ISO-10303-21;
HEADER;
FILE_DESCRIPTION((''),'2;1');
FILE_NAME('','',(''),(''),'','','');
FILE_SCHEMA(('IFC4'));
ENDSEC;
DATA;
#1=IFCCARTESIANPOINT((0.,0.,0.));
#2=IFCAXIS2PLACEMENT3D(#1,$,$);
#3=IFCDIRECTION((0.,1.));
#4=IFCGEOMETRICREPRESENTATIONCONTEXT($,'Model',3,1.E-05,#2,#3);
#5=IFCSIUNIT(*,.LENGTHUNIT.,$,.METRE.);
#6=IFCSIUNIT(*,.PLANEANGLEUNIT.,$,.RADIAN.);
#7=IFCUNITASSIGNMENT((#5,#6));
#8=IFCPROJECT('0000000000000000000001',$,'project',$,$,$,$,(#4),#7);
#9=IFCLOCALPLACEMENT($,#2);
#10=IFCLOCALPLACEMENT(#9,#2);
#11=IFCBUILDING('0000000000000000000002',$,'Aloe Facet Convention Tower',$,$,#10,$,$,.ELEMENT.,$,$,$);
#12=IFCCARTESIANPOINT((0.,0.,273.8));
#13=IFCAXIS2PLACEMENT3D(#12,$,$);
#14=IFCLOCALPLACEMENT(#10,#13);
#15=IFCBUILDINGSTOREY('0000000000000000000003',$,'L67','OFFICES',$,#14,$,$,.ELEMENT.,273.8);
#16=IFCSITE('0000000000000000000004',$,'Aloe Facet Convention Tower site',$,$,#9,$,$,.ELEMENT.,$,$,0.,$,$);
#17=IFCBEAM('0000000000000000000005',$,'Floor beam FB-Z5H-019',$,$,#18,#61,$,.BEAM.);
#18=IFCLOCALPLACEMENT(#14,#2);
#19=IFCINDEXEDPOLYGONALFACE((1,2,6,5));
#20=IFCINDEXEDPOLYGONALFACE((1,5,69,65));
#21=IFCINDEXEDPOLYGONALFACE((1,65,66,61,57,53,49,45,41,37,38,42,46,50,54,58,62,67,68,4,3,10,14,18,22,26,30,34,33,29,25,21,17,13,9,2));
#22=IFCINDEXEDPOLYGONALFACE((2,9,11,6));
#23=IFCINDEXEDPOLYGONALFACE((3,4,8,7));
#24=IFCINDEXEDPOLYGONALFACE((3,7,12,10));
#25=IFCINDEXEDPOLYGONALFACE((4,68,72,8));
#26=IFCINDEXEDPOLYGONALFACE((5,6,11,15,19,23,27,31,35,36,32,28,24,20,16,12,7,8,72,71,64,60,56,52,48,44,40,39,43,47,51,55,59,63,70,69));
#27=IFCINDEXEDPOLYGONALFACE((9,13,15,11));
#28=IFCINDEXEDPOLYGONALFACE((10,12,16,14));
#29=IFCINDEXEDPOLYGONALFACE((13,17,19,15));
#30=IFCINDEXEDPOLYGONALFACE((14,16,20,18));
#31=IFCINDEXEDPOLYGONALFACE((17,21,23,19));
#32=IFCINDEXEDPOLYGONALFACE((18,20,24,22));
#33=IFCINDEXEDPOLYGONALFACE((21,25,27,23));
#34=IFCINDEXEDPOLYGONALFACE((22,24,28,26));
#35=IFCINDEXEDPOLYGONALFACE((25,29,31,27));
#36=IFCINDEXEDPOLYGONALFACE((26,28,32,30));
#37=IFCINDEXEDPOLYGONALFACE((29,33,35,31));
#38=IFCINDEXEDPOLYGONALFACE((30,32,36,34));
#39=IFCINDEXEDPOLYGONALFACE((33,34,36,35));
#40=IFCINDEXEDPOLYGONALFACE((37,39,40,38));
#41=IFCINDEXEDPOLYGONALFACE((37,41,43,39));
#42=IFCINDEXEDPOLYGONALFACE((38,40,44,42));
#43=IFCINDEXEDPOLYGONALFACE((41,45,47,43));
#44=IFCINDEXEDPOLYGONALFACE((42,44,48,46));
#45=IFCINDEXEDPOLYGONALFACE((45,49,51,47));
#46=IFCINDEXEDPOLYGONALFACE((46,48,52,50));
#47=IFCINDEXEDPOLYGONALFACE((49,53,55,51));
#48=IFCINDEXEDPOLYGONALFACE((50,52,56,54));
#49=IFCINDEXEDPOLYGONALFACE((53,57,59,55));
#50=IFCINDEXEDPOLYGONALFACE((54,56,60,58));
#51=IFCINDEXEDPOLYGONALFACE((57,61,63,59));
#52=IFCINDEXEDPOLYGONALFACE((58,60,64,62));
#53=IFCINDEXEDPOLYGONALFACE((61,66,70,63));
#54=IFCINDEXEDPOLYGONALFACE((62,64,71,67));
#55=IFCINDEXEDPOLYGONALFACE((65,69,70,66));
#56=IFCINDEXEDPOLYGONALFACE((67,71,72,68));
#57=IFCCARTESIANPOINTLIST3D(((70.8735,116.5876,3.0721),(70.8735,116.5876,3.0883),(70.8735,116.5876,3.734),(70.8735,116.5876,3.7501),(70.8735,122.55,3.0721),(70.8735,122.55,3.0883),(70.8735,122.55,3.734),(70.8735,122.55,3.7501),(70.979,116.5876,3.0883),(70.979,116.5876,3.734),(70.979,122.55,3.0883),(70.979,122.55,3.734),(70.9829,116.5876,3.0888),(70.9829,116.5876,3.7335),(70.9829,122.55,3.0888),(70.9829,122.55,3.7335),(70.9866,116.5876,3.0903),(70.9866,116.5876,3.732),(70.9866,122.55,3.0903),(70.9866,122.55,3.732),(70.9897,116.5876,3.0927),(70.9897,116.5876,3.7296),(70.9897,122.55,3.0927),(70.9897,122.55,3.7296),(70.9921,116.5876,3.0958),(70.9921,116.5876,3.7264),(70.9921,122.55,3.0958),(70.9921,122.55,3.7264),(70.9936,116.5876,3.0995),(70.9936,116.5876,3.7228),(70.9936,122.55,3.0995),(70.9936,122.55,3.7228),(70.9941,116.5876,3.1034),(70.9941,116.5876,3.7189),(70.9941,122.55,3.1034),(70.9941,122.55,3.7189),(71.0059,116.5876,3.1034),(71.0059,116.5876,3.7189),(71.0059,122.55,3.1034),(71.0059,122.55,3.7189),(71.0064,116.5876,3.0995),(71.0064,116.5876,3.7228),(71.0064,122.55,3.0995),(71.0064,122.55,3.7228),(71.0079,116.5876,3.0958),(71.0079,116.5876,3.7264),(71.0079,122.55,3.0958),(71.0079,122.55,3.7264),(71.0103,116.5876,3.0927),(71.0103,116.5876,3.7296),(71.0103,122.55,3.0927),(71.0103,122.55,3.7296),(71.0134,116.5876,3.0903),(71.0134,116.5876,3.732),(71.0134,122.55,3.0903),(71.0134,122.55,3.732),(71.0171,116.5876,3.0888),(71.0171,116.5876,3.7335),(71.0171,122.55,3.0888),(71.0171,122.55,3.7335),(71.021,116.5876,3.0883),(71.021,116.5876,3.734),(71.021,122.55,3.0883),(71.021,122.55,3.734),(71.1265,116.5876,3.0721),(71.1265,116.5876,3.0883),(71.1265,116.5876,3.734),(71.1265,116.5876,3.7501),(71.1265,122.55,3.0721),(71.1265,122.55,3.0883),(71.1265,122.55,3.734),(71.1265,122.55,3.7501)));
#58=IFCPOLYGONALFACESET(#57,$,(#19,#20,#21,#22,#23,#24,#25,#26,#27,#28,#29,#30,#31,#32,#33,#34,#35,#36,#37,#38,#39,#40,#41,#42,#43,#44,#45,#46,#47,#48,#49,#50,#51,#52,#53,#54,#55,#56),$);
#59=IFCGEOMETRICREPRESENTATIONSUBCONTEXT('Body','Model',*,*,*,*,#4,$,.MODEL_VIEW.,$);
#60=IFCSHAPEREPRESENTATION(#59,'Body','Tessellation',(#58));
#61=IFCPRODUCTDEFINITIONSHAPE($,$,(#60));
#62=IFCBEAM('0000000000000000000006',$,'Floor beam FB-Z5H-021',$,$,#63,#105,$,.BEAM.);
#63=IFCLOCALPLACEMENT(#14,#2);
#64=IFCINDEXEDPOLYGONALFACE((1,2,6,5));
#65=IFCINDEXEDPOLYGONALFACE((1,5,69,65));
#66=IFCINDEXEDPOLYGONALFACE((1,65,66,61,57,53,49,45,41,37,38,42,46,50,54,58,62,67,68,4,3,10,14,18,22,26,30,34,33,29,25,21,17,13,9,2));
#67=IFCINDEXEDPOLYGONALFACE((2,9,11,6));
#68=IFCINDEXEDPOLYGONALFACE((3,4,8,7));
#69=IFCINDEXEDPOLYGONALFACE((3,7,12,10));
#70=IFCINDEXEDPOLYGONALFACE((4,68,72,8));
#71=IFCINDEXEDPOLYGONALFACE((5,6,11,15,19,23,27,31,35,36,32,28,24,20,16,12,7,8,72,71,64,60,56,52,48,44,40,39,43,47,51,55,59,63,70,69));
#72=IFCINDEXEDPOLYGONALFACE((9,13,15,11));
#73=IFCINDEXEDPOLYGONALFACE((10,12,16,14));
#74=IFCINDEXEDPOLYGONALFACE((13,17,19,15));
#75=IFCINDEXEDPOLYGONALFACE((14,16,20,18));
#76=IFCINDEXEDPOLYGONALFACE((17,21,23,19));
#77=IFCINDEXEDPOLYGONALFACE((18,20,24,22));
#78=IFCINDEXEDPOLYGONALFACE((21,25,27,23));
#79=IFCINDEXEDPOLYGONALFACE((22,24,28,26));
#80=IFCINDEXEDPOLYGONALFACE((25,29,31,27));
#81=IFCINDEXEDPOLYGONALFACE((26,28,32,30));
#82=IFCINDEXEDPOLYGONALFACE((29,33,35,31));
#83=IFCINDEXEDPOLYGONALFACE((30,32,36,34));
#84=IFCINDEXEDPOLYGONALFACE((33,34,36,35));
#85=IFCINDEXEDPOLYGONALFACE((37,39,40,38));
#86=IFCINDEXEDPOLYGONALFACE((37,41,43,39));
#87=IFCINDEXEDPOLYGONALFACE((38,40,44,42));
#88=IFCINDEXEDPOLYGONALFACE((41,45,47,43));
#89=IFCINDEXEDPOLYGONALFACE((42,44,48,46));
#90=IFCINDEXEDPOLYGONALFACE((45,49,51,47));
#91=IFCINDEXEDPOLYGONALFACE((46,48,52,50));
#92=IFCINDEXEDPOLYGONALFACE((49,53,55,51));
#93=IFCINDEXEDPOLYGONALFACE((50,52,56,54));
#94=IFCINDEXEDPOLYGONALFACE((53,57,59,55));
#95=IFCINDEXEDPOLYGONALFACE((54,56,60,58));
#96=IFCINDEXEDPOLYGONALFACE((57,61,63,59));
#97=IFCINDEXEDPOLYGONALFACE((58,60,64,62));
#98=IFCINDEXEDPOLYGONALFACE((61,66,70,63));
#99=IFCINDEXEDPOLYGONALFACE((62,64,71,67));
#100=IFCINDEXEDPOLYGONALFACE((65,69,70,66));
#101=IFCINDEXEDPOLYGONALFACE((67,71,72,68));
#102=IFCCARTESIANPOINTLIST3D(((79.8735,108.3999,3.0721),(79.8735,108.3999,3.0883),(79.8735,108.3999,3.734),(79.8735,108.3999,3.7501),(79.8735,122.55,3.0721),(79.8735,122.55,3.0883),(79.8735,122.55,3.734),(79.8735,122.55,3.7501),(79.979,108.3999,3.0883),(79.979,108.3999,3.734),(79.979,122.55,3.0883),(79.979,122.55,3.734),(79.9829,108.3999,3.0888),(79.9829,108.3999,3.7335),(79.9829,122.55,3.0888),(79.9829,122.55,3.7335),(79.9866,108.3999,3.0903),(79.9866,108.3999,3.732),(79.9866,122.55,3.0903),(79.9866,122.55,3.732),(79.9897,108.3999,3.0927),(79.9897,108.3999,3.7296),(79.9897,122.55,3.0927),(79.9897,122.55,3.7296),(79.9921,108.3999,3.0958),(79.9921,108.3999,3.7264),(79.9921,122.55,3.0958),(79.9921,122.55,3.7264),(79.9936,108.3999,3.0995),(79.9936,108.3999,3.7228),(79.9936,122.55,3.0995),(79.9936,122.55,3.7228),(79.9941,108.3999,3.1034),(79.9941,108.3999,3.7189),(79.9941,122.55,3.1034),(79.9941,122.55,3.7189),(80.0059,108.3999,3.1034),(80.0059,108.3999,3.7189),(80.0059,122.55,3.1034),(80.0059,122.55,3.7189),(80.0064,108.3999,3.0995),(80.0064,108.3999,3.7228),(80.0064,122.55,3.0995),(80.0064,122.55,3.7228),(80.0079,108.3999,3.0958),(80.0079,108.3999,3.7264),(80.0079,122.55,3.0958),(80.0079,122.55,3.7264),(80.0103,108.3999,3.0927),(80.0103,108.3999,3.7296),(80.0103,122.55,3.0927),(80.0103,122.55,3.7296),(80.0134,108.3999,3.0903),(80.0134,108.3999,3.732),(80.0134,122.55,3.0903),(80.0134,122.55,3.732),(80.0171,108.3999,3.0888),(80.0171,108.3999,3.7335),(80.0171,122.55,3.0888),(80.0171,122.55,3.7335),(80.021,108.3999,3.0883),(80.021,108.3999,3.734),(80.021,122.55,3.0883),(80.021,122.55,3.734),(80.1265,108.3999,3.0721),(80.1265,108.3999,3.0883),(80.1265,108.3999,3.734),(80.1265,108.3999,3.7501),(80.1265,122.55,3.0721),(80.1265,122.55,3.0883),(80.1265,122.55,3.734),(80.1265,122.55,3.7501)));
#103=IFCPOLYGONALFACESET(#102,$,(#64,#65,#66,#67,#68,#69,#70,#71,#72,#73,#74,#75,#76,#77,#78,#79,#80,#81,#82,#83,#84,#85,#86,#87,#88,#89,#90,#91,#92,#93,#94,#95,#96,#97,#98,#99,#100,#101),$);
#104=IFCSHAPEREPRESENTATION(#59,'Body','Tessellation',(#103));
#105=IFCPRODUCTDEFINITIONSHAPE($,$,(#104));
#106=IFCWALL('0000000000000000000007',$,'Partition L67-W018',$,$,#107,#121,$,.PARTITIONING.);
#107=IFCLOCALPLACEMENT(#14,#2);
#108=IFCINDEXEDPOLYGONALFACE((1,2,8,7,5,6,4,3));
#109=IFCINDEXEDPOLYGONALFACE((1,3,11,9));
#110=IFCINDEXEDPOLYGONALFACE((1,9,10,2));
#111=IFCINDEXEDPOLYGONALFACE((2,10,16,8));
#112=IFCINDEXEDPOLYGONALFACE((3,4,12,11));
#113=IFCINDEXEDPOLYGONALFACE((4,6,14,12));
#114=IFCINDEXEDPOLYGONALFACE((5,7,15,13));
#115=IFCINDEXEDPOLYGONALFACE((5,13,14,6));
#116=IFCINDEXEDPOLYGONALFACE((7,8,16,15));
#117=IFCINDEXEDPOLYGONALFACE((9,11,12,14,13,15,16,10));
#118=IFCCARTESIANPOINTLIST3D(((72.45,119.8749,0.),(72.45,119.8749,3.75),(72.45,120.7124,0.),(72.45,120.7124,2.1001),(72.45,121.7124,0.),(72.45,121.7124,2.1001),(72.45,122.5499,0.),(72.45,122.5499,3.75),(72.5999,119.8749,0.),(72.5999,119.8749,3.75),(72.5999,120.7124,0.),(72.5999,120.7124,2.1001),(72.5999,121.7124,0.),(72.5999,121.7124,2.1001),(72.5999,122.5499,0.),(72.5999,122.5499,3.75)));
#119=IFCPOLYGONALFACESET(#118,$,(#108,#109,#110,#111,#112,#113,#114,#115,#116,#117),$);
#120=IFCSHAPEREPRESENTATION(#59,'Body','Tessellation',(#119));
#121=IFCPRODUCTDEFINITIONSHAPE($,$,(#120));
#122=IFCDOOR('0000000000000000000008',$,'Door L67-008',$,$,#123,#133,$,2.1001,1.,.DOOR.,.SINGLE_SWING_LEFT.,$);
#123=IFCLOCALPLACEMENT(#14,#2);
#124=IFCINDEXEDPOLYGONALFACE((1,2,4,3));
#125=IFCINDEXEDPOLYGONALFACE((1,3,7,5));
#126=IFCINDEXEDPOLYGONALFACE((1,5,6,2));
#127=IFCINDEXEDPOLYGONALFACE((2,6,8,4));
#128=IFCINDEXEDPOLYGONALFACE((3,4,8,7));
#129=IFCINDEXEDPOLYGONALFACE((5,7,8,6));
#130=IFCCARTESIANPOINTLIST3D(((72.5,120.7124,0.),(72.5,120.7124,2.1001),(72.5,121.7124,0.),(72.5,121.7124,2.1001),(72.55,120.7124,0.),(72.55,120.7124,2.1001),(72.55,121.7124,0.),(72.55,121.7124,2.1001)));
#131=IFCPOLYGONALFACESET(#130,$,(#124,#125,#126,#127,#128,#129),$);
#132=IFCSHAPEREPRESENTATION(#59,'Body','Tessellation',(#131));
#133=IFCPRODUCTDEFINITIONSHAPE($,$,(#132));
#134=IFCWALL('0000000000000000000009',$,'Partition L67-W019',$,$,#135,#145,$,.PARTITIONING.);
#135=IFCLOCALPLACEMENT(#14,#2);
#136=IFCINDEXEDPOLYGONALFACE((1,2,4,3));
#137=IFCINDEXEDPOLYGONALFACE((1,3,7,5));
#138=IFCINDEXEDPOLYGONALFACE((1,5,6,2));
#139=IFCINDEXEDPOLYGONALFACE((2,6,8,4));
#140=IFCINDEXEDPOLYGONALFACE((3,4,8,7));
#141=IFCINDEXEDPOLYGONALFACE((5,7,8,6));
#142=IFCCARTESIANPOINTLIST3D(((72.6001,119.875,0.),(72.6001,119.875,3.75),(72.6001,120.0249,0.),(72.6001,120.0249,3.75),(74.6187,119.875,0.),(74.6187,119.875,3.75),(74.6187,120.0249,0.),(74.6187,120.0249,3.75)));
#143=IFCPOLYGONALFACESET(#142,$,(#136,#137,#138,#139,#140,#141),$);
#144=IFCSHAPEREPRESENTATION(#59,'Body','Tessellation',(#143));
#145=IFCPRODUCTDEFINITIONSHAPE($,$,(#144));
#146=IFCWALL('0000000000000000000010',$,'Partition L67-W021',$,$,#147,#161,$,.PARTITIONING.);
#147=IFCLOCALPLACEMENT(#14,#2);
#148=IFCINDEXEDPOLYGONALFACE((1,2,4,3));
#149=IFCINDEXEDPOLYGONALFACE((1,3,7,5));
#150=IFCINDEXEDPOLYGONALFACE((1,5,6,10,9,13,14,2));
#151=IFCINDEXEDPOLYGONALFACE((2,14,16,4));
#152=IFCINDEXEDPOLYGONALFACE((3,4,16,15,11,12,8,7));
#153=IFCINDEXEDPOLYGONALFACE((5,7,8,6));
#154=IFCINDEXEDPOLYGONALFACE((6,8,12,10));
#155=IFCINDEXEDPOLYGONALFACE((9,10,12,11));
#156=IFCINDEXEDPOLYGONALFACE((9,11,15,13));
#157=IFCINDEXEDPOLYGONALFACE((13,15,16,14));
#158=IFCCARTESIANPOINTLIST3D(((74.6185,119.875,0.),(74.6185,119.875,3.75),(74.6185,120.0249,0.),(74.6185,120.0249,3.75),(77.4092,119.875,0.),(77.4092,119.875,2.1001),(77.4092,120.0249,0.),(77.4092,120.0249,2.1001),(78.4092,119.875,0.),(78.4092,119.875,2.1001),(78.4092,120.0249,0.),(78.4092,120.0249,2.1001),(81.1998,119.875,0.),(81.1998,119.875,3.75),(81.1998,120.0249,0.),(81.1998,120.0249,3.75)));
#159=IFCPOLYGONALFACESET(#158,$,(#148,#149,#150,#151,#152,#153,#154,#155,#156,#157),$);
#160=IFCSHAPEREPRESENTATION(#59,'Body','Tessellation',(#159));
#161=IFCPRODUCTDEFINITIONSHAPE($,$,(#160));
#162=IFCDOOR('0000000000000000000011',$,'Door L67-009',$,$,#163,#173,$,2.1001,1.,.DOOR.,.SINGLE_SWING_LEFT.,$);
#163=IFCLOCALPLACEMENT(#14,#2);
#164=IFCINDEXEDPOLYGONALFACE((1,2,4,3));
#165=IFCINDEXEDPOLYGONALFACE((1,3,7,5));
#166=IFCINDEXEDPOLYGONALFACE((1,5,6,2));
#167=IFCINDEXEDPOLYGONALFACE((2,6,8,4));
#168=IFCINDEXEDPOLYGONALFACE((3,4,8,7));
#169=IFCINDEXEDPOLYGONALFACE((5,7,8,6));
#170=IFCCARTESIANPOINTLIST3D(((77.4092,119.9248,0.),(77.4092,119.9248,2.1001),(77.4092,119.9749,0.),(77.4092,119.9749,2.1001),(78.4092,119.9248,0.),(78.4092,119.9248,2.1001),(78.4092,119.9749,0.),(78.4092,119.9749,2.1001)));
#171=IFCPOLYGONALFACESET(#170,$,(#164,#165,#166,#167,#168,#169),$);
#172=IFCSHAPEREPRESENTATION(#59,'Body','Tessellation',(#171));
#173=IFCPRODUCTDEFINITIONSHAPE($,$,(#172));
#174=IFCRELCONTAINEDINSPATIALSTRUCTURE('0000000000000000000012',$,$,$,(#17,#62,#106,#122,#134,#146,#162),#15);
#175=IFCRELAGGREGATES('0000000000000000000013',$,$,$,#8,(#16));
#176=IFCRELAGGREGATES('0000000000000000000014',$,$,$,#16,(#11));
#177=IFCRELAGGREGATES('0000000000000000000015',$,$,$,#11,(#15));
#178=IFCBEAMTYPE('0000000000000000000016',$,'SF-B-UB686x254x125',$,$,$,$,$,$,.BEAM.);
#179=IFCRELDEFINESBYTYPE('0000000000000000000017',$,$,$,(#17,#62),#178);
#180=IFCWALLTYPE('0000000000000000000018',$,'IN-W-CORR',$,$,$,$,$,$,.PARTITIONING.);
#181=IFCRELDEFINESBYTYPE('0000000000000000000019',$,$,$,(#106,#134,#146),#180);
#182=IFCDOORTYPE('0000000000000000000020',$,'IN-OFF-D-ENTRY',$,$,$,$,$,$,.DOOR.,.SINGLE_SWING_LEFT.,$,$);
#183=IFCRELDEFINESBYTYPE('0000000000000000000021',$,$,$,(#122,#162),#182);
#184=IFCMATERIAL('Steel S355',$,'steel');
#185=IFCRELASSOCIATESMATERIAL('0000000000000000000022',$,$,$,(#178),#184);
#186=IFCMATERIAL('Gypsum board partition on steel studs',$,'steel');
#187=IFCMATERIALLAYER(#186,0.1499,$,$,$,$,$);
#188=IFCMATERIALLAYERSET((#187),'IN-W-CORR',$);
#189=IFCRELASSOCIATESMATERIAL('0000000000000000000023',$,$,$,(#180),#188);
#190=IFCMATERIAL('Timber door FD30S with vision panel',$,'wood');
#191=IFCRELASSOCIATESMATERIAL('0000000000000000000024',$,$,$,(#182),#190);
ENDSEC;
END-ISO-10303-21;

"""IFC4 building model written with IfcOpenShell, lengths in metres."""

from ifc_helpers import new_model, si_unit, direction, frame, frame_2d, origin, origin_2d, place, context, subcontext, project, spatial, rectangle, i_section, extrude, material, layer, layer_set, material_profile, profile_set, type_object, element, fill, save


model = new_model("IFC4")

# Units and contexts
model_context = context("Model", 3, precision=1e-05, world=origin(), true_north=direction((0.0, 1.0)))
body_context = subcontext(model_context, "Body", "Model", "MODEL_VIEW")
ifc_project = project(units=[si_unit("LENGTHUNIT", "METRE"), si_unit("PLANEANGLEUNIT", "RADIAN")], contexts=[model_context])

# Site, building, storey
site_placement = place(None, origin())
site = spatial("IfcSite", under=ifc_project, at=site_placement, Name="Aloe Facet Convention Tower site", CompositionType="ELEMENT", RefElevation=0.0)
building_placement = place(site_placement, origin())
building = spatial("IfcBuilding", under=site, at=building_placement, Name="Aloe Facet Convention Tower", CompositionType="ELEMENT")
storey_placement = place(building_placement, frame((0.0, 0.0, 273.8)))
storey = spatial("IfcBuildingStorey", under=building, at=storey_placement, Name="L67", Description="OFFICES", CompositionType="ELEMENT", Elevation=273.8)

# Beams
ifc_material_1 = material(Name="Steel S355", Category="steel")
ifc_material_profile_1 = material_profile(ifc_material_1, i_section(OverallWidth=0.2529, OverallDepth=0.678, WebThickness=0.0117, FlangeThickness=0.0161, FilletRadius=0.0151, at=origin_2d()), Name="UB 686x254x125")
ifc_profile_set_1 = profile_set([ifc_material_profile_1], Name="Steel S355")
beam_type_1 = type_object("IfcBeamType", Name="SF-B-UB686x254x125", PredefinedType="BEAM", material=ifc_profile_set_1)
beam_1_placement = place(storey_placement, frame((71.0, 122.55, 3.4111), z_axis=(0.0, -1.0, 0.0), x_axis=(1.0, 0.0, 0.0)))
element("IfcBeam", 1, at=beam_1_placement, inside=storey, type_object=beam_type_1, Name="Floor beam FB-Z5H-019", PredefinedType="BEAM", context=body_context, shape_type="SweptSolid", body=[
    extrude(i_section(OverallWidth=0.2529, OverallDepth=0.678, WebThickness=0.0117, FlangeThickness=0.0161, FilletRadius=0.0151, at=origin_2d()), origin(), (0.0, 0.0, 1.0), 5.9624),
])
beam_2_placement = place(storey_placement, frame((80.0, 122.55, 3.4111), z_axis=(0.0, -1.0, 0.0), x_axis=(1.0, 0.0, 0.0)))
element("IfcBeam", 2, at=beam_2_placement, inside=storey, type_object=beam_type_1, Name="Floor beam FB-Z5H-021", PredefinedType="BEAM", context=body_context, shape_type="SweptSolid", body=[
    extrude(i_section(OverallWidth=0.2529, OverallDepth=0.678, WebThickness=0.0117, FlangeThickness=0.0161, FilletRadius=0.0151, at=origin_2d()), origin(), (0.0, 0.0, 1.0), 14.1501),
])

# Wall, opening, door
ifc_material_2 = material(Name="Gypsum board partition on steel studs", Category="steel")
ifc_layer_1 = layer(ifc_material_2, 0.1499)
ifc_layer_set_1 = layer_set([ifc_layer_1], Name="IN-W-CORR")
wall_type_1 = type_object("IfcWallType", Name="IN-W-CORR", PredefinedType="PARTITIONING", material=ifc_layer_set_1)
wall_1_placement = place(storey_placement, frame((72.5249, 119.875, 0.0), z_axis=(0.0, 0.0, 1.0), x_axis=(0.0, 1.0, 0.0)))
wall_1 = element("IfcWall", 3, at=wall_1_placement, inside=storey, type_object=wall_type_1, Name="Partition L67-W018", PredefinedType="PARTITIONING", context=body_context, shape_type="SweptSolid", body=[
    extrude(rectangle(XDim=2.675, YDim=0.1499, at=frame_2d((1.3374, 0.0))), origin(), (0.0, 0.0, 1.0), 3.75),
])
opening_1_placement = place(wall_1_placement, frame((0.8374, 0.0, 0.0)))
opening_1 = element("IfcOpeningElement", 4, at=opening_1_placement, cuts=wall_1, PredefinedType="OPENING", context=body_context, shape_type="SweptSolid", body=[
    extrude(rectangle(XDim=1.0, YDim=2.1001, at=frame_2d((0.5, 1.05))), frame((0.0, 0.085, 0.0), z_axis=(0.0, -1.0, 0.0), x_axis=(1.0, 0.0, 0.0)), (0.0, 0.0, 1.0), 0.1699),
])
ifc_material_3 = material(Name="Timber door FD30S with vision panel", Category="wood")
door_type_1 = type_object("IfcDoorType", Name="IN-OFF-D-ENTRY", OperationType="SINGLE_SWING_LEFT", PredefinedType="DOOR", material=ifc_material_3)
door_1_placement = place(opening_1_placement, origin())
door_1 = element("IfcDoor", 5, at=door_1_placement, inside=storey, type_object=door_type_1, Name="Door L67-008", OperationType="SINGLE_SWING_LEFT", OverallHeight=2.1001, OverallWidth=1.0, PredefinedType="DOOR", context=body_context, shape_type="SweptSolid", body=[
    extrude(rectangle(XDim=1.0, YDim=2.1001, at=frame_2d((0.5, 1.05))), frame((0.0, 0.0249, 0.0), z_axis=(0.0, -1.0, 0.0), x_axis=(1.0, 0.0, 0.0)), (0.0, 0.0, 1.0), 0.05),
])
fill(opening_1, door_1)

# Wall
wall_2_placement = place(storey_placement, frame((72.6001, 119.95, 0.0), z_axis=(0.0, 0.0, 1.0), x_axis=(1.0, 0.0, 0.0)))
element("IfcWall", 6, at=wall_2_placement, inside=storey, type_object=wall_type_1, Name="Partition L67-W019", PredefinedType="PARTITIONING", context=body_context, shape_type="SweptSolid", body=[
    extrude(rectangle(XDim=2.0186, YDim=0.1499, at=frame_2d((1.0093, 0.0))), origin(), (0.0, 0.0, 1.0), 3.75),
])

# Wall, opening, door
wall_3_placement = place(storey_placement, frame((74.6187, 119.95, 0.0), z_axis=(0.0, 0.0, 1.0), x_axis=(1.0, 0.0, 0.0)))
wall_3 = element("IfcWall", 7, at=wall_3_placement, inside=storey, type_object=wall_type_1, Name="Partition L67-W021", PredefinedType="PARTITIONING", context=body_context, shape_type="SweptSolid", body=[
    extrude(rectangle(XDim=6.5813, YDim=0.1499, at=frame_2d((3.2905, 0.0))), origin(), (0.0, 0.0, 1.0), 3.75),
])
opening_2_placement = place(wall_3_placement, frame((2.7905, 0.0, 0.0)))
opening_2 = element("IfcOpeningElement", 8, at=opening_2_placement, cuts=wall_3, PredefinedType="OPENING", context=body_context, shape_type="SweptSolid", body=[
    extrude(rectangle(XDim=1.0, YDim=2.1001, at=frame_2d((0.5, 1.05))), frame((0.0, 0.085, 0.0), z_axis=(0.0, -1.0, 0.0), x_axis=(1.0, 0.0, 0.0)), (0.0, 0.0, 1.0), 0.1699),
])
door_2_placement = place(opening_2_placement, origin())
door_2 = element("IfcDoor", 9, at=door_2_placement, inside=storey, type_object=door_type_1, Name="Door L67-009", OperationType="SINGLE_SWING_LEFT", OverallHeight=2.1001, OverallWidth=1.0, PredefinedType="DOOR", context=body_context, shape_type="SweptSolid", body=[
    extrude(rectangle(XDim=1.0, YDim=2.1001, at=frame_2d((0.5, 1.05))), frame((0.0, 0.0249, 0.0), z_axis=(0.0, -1.0, 0.0), x_axis=(1.0, 0.0, 0.0)), (0.0, 0.0, 1.0), 0.05),
])
fill(opening_2, door_2)

save(model, "model.ifc")
